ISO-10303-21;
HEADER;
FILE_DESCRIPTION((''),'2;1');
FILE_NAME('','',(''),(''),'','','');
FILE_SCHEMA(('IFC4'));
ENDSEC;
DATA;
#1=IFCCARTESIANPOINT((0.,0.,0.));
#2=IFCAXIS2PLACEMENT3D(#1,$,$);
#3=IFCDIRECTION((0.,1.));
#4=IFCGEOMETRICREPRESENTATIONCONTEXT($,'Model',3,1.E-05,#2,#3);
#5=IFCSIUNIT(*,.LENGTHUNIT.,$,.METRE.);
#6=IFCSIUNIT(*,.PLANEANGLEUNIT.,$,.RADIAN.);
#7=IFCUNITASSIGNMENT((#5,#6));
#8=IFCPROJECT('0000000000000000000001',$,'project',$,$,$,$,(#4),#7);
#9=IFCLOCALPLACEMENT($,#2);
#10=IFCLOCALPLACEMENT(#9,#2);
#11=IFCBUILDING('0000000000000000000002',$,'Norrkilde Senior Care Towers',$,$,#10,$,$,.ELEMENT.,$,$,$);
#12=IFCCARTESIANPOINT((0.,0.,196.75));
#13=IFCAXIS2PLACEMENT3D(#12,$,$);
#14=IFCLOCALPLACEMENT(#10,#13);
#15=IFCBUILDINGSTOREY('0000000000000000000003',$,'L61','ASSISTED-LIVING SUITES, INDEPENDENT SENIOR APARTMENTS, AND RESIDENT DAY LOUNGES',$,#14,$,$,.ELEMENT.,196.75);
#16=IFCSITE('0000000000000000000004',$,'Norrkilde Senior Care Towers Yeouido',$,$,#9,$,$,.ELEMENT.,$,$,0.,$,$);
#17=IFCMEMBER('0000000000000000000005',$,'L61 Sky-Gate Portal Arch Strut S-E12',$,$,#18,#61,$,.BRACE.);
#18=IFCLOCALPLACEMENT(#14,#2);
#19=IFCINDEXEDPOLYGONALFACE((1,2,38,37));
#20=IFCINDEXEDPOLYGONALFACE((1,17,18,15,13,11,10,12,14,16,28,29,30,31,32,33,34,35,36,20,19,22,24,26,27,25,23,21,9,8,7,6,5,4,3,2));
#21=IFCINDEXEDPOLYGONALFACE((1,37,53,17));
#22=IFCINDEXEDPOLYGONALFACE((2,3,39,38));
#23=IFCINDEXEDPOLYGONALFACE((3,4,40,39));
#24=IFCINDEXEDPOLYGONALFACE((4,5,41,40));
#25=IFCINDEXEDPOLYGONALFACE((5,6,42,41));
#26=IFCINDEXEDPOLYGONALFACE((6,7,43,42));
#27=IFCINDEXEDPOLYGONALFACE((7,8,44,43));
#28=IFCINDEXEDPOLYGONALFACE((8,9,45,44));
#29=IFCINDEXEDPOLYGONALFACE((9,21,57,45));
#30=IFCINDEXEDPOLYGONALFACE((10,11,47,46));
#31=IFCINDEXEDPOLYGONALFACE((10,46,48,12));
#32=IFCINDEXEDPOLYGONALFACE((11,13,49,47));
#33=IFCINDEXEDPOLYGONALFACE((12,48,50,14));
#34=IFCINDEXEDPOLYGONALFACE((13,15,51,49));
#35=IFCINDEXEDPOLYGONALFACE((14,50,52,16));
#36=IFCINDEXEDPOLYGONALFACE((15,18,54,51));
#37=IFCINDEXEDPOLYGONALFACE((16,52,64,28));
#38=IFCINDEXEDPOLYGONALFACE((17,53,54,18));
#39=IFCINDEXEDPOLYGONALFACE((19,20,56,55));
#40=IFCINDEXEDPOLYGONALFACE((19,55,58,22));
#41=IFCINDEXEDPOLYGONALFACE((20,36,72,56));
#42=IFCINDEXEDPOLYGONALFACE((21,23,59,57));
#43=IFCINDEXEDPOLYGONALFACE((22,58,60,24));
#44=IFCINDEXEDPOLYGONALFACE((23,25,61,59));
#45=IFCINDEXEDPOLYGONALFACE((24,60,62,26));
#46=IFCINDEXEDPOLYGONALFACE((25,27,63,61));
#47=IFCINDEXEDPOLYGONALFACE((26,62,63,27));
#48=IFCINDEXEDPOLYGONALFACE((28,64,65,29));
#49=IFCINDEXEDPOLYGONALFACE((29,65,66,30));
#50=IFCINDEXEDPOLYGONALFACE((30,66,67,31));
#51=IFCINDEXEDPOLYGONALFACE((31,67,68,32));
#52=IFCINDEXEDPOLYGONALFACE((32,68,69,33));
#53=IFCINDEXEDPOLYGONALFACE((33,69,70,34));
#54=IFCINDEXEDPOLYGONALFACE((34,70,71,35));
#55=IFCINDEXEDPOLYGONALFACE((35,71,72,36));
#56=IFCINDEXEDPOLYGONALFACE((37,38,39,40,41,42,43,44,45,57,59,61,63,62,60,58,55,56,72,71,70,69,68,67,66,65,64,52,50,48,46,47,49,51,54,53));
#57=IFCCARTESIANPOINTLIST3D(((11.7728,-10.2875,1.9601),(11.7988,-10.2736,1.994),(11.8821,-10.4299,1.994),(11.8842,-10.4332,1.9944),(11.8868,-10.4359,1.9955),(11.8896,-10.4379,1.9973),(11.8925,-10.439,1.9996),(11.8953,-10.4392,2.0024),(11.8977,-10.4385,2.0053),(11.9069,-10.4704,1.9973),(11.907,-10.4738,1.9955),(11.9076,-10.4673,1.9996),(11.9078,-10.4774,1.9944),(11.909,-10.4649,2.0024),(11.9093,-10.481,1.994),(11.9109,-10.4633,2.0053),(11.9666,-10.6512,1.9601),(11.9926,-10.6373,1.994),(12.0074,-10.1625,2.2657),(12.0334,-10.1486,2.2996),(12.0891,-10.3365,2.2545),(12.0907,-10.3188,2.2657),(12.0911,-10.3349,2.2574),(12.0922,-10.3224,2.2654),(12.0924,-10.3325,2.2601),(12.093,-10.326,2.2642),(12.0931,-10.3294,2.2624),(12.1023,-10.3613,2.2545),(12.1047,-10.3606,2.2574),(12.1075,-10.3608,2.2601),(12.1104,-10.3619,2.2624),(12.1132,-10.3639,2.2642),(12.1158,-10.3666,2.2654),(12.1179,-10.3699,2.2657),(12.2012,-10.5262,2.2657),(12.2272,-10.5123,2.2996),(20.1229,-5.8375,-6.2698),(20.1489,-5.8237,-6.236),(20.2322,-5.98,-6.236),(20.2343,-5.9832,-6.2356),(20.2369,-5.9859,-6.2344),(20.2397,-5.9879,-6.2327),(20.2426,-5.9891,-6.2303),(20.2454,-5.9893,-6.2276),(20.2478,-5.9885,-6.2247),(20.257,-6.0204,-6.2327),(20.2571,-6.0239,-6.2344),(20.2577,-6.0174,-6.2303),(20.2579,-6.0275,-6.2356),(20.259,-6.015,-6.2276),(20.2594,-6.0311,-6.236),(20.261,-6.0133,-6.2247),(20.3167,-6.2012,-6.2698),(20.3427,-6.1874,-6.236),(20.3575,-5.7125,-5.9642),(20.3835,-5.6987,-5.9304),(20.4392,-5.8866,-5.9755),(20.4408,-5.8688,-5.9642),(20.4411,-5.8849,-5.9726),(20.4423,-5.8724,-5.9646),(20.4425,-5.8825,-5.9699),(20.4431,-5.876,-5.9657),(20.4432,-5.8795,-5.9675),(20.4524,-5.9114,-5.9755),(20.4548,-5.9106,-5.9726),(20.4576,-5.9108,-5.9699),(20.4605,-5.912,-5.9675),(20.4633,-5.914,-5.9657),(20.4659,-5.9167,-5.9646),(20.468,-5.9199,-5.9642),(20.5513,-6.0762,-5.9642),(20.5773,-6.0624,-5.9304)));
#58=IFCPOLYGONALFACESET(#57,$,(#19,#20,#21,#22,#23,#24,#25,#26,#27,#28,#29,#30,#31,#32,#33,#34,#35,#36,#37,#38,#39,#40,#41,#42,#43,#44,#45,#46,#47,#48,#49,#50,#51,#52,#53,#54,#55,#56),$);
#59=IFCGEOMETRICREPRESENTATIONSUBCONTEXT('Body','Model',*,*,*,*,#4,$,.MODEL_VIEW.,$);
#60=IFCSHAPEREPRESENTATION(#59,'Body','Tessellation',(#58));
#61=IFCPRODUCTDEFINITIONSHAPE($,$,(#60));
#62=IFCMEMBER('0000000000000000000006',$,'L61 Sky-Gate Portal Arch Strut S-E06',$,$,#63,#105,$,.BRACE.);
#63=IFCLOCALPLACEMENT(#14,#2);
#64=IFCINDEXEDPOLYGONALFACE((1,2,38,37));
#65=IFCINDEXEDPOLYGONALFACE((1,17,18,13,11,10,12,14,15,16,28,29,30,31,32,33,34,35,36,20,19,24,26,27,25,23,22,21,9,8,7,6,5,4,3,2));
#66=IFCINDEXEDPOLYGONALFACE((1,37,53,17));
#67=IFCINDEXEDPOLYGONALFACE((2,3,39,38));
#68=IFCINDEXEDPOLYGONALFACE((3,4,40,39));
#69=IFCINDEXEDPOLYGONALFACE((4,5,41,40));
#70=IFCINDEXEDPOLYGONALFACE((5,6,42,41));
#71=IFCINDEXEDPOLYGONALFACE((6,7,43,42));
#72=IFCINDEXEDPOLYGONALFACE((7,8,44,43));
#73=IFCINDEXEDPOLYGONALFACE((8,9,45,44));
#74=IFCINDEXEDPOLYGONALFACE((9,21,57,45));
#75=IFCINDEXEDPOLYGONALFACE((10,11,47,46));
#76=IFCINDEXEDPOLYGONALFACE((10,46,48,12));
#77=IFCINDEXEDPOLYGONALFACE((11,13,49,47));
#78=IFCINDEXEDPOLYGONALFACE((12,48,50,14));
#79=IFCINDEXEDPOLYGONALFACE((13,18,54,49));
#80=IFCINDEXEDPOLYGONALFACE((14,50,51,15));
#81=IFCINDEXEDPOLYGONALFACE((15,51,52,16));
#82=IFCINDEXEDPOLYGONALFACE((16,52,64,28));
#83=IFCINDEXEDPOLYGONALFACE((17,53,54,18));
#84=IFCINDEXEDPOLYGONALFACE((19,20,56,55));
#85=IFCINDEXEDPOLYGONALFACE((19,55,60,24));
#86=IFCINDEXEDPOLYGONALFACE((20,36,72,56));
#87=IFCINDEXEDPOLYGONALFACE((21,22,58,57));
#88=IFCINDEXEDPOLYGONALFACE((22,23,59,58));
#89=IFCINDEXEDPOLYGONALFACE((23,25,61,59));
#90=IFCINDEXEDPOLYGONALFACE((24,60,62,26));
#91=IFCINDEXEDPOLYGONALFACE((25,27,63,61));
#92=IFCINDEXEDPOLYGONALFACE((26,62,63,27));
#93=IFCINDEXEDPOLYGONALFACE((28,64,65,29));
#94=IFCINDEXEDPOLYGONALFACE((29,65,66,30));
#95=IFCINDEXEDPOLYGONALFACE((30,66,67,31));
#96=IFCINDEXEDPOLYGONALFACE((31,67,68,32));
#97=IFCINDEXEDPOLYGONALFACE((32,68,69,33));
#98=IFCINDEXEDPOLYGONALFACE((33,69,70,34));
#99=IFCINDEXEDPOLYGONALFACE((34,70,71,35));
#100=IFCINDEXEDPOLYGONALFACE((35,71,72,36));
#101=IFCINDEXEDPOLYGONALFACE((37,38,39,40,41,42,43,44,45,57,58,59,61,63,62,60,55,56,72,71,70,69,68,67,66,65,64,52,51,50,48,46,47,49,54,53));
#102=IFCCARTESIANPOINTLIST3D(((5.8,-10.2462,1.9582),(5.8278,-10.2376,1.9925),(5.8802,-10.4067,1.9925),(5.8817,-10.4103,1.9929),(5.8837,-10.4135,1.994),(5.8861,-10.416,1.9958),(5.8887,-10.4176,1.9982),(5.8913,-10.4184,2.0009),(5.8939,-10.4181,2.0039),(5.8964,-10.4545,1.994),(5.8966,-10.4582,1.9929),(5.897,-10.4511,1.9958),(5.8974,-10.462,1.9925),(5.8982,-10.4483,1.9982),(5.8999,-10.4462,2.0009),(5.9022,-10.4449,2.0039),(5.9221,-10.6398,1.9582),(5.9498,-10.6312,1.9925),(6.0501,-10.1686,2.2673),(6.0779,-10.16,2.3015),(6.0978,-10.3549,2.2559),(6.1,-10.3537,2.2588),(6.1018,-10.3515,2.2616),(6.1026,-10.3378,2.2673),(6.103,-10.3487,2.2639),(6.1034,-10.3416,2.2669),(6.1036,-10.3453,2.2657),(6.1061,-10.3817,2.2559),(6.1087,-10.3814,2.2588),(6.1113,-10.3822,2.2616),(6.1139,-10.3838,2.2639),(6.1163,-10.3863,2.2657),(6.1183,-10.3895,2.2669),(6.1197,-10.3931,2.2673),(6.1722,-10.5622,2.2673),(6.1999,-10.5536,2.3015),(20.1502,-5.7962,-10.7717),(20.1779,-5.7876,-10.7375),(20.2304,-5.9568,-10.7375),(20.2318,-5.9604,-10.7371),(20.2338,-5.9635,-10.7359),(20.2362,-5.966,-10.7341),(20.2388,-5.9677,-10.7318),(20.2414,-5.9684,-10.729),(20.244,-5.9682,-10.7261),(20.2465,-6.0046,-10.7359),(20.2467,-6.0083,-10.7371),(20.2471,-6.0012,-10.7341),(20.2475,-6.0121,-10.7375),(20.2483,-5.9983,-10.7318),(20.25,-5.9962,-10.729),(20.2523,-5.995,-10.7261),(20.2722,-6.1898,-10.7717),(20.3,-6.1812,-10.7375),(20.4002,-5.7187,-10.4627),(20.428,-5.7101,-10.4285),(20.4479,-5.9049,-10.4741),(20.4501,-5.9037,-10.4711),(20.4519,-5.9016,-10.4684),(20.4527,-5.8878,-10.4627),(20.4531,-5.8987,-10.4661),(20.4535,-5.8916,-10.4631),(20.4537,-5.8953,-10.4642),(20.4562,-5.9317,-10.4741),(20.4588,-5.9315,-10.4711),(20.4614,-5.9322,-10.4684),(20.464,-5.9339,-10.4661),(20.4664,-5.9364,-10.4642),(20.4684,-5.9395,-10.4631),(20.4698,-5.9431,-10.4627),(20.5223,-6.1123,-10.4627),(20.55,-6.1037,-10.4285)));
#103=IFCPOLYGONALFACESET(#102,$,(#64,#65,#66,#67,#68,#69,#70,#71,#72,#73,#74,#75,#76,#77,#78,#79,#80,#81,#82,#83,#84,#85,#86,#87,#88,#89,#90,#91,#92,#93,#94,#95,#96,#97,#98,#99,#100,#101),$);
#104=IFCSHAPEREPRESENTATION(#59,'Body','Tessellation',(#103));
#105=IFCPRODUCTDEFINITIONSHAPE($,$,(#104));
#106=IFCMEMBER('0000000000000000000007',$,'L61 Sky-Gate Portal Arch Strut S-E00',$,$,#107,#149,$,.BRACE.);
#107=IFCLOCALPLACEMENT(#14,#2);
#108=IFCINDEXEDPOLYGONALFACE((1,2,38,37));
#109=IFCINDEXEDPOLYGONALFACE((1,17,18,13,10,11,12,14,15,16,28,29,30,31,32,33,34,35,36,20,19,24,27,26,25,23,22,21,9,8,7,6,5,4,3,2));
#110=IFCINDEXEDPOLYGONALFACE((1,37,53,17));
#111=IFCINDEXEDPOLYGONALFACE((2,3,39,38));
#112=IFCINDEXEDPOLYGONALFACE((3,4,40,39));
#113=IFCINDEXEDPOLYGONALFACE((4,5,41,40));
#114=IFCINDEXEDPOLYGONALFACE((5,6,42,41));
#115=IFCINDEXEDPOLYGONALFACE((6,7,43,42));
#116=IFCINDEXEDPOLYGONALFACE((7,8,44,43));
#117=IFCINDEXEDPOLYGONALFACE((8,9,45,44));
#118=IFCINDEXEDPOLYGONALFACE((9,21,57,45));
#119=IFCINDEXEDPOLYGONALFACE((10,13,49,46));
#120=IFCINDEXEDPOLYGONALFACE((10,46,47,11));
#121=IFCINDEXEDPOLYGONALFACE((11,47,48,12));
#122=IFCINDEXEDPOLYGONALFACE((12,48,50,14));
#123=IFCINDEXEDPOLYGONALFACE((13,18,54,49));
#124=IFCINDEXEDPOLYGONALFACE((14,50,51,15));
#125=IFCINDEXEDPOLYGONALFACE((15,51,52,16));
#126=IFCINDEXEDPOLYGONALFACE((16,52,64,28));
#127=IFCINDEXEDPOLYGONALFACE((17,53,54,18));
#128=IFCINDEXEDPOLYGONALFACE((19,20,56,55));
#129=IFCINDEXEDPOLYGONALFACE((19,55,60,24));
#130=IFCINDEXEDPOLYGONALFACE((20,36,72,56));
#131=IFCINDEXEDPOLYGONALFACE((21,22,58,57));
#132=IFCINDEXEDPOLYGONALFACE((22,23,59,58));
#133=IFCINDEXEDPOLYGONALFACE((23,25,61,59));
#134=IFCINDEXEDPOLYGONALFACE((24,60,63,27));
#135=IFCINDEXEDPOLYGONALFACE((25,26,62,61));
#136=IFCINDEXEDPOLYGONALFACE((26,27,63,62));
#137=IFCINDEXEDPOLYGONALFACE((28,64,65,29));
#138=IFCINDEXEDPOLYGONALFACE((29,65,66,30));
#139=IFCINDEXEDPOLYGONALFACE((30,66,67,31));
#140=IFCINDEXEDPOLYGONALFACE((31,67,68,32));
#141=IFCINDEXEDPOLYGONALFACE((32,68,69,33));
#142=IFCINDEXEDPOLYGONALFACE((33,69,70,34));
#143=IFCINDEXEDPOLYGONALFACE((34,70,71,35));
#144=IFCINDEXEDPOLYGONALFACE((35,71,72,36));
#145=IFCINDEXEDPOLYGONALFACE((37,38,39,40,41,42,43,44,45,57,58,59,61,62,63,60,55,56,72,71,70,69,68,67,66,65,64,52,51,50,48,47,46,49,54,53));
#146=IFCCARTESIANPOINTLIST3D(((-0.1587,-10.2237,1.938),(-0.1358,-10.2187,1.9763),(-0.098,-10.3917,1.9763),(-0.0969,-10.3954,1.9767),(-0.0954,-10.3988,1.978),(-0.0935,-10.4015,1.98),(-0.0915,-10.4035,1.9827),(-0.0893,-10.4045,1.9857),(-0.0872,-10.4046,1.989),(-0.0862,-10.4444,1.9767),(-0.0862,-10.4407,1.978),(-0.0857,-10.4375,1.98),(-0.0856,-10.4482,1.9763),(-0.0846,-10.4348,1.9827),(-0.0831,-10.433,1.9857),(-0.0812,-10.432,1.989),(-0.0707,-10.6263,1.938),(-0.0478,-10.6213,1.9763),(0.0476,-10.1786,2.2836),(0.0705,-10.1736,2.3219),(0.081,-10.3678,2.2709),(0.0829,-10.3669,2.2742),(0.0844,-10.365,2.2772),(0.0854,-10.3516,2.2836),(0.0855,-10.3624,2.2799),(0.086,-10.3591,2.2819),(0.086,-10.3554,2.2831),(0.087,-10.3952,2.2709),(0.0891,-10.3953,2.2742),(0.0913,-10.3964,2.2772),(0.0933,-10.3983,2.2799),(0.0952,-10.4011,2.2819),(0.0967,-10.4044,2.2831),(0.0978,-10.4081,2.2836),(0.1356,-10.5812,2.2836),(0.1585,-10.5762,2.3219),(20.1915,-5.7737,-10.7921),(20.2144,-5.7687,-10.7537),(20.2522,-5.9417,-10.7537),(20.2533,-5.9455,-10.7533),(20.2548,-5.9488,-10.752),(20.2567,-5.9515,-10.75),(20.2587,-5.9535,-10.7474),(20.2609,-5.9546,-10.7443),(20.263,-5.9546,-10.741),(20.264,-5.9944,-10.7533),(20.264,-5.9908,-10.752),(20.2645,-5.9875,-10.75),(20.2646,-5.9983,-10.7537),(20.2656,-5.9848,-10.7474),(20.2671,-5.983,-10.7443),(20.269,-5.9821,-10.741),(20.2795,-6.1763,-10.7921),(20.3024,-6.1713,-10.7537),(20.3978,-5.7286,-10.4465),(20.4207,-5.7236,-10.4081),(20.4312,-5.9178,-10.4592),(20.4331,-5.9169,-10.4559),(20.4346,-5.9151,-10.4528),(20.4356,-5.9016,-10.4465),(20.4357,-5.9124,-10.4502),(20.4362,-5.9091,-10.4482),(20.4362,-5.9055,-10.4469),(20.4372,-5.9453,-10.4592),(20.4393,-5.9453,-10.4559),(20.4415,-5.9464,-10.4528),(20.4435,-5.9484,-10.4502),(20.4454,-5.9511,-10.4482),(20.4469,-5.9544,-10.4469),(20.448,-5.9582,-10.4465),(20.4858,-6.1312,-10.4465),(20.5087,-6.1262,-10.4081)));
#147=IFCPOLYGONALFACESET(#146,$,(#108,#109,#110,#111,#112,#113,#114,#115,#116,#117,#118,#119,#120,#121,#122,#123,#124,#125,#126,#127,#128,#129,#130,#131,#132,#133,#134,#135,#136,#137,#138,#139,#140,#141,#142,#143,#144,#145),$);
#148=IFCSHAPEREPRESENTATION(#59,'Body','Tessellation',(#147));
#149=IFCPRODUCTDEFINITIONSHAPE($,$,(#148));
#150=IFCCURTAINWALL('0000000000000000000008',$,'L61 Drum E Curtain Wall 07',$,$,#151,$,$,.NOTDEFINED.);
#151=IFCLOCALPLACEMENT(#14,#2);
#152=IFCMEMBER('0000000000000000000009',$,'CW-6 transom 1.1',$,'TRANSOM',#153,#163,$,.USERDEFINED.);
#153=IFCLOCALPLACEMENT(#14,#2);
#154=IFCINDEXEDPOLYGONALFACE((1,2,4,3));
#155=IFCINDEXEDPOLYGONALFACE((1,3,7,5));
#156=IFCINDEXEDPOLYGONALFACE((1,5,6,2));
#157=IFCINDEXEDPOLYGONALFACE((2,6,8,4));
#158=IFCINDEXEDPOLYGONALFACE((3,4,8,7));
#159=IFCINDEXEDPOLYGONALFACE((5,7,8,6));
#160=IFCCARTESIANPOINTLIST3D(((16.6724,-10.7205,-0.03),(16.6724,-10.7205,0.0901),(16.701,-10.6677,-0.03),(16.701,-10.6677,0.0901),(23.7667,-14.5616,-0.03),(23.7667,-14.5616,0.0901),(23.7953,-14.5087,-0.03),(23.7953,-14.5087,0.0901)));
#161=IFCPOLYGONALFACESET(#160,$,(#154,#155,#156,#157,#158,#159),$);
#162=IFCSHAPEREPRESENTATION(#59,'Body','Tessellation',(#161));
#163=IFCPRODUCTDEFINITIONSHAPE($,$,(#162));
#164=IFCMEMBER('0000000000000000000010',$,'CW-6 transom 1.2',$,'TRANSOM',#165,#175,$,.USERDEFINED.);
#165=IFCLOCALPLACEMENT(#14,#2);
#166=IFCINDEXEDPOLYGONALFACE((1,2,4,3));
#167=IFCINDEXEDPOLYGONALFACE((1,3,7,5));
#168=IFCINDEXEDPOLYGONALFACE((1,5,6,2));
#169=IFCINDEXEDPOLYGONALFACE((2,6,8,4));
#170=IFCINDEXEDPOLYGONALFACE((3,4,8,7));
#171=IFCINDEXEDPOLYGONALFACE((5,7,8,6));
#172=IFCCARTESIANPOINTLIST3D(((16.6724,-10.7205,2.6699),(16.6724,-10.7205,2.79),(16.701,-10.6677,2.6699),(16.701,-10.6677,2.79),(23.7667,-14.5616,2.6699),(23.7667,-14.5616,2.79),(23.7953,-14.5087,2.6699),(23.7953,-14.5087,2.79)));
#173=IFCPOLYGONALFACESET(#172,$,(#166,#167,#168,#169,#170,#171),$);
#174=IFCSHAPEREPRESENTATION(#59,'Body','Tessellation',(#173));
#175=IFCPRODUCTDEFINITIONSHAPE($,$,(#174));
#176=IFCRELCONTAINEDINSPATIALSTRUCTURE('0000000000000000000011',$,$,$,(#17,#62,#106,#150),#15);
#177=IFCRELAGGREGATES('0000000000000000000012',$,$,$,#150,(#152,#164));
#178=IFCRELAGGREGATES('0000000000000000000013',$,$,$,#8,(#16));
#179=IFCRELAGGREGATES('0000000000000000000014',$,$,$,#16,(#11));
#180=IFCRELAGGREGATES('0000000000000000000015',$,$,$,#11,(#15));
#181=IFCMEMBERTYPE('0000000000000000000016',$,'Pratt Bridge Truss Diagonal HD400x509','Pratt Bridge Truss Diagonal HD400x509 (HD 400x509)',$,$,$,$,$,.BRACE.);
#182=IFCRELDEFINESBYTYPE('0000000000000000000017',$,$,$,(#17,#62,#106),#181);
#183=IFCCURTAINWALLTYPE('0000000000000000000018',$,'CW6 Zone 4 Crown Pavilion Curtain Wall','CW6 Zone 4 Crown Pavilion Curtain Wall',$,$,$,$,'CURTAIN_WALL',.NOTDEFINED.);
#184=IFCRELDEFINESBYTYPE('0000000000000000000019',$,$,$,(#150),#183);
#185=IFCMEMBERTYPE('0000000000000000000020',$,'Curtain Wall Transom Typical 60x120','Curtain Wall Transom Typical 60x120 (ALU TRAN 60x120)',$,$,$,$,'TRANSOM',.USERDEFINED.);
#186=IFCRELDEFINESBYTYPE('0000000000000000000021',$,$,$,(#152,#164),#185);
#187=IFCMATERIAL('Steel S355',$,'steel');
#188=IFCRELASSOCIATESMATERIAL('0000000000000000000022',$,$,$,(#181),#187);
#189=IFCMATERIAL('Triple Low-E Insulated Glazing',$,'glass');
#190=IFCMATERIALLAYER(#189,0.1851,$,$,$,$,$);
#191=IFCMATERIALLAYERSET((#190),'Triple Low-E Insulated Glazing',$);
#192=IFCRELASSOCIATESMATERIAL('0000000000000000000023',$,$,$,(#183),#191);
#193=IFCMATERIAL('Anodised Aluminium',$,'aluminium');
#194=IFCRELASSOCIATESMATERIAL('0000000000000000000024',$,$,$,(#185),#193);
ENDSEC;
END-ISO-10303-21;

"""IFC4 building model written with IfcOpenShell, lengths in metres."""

from ifc_helpers import new_model, si_unit, direction, frame, origin, origin_2d, place, context, subcontext, project, spatial, rectangle, i_section, extrude, source, transform, mapped, material, layer, layer_set, material_profile, profile_set, type_object, type_shapes, element, aggregate, save


model = new_model("IFC4")

# Units and contexts
model_context = context("Model", 3, precision=1e-05, world=origin(), true_north=direction((0.0, 1.0)))
body_context = subcontext(model_context, "Body", "Model", "MODEL_VIEW")
ifc_project = project(units=[si_unit("LENGTHUNIT", "METRE"), si_unit("PLANEANGLEUNIT", "RADIAN")], contexts=[model_context])

# Site, building, storey
site_placement = place(None, origin())
site = spatial("IfcSite", under=ifc_project, at=site_placement, Name="Norrkilde Senior Care Towers Yeouido", CompositionType="ELEMENT", RefElevation=0.0)
building_placement = place(site_placement, origin())
building = spatial("IfcBuilding", under=site, at=building_placement, Name="Norrkilde Senior Care Towers", CompositionType="ELEMENT")
storey_placement = place(building_placement, frame((0.0, 0.0, 196.75)))
storey = spatial("IfcBuildingStorey", under=building, at=storey_placement, Name="L61", Description="ASSISTED-LIVING SUITES, INDEPENDENT SENIOR APARTMENTS, AND RESIDENT DAY LOUNGES", CompositionType="ELEMENT", Elevation=196.75)

# Shared definitions
ifc_material_1 = material(Name="Steel S355", Category="steel")

# Members
ifc_material_profile_1 = material_profile(ifc_material_1, i_section(OverallWidth=0.4121, OverallDepth=0.45, WebThickness=0.0281, FlangeThickness=0.0449, FilletRadius=0.0149, at=origin_2d()), Name="HD 400x509")
ifc_profile_set_1 = profile_set([ifc_material_profile_1], Name="Steel S355")
member_type_1 = type_object("IfcMemberType", Name="Pratt Bridge Truss Diagonal HD400x509", Description="Pratt Bridge Truss Diagonal HD400x509 (HD 400x509)", PredefinedType="BRACE", material=ifc_profile_set_1)
shared_shape_1 = source(origin(), body_context, "Body", "SweptSolid", [
    extrude(i_section(OverallWidth=0.4121, OverallDepth=0.45, WebThickness=0.0281, FlangeThickness=0.0449, FilletRadius=0.0149, at=origin_2d()), origin(), (0.0, 0.0, 1.0), 12.5403),
])
member_1_placement = place(storey_placement, frame((20.3501, -5.95, -6.1001), z_axis=(-0.665862, -0.354852, 0.656283), x_axis=(0.470306, -0.882504, 0.0)))
element("IfcMember", 1, at=member_1_placement, inside=storey, type_object=member_type_1, Name="L61 Sky-Gate Portal Arch Strut S-E12", PredefinedType="BRACE", context=body_context, shape_type="MappedRepresentation", body=[
    mapped(shared_shape_1, transform((0.0, 0.0, 0.0), x_axis=(1.0, 0.0, 0.0), y_axis=(0.0, 1.0, 0.0), z_axis=(0.0, 0.0, 1.0), scale=1.0)),
])
shared_shape_2 = source(origin(), body_context, "Body", "SweptSolid", [
    extrude(i_section(OverallWidth=0.4121, OverallDepth=0.45, WebThickness=0.0281, FlangeThickness=0.0449, FilletRadius=0.0149, at=origin_2d()), origin(), (0.0, 0.0, 1.0), 19.6921),
])
member_2_placement = place(storey_placement, frame((20.3501, -5.95, -10.6001), z_axis=(-0.728723, -0.225976, 0.64645), x_axis=(0.296185, -0.955131, 0.0)))
element("IfcMember", 2, at=member_2_placement, inside=storey, type_object=member_type_1, Name="L61 Sky-Gate Portal Arch Strut S-E06", PredefinedType="BRACE", context=body_context, shape_type="MappedRepresentation", body=[
    mapped(shared_shape_2, transform((0.0, 0.0, 0.0), x_axis=(1.0, 0.0, 0.0), y_axis=(0.0, 1.0, 0.0), z_axis=(0.0, 0.0, 1.0), scale=1.0)),
])
shared_shape_3 = source(origin(), body_context, "Body", "SweptSolid", [
    extrude(i_section(OverallWidth=0.4121, OverallDepth=0.45, WebThickness=0.0281, FlangeThickness=0.0449, FilletRadius=0.0149, at=origin_2d()), origin(), (0.0, 0.0, 1.0), 24.4128),
])
type_shapes(member_type_1, [shared_shape_1, shared_shape_2, shared_shape_3])
member_3_placement = place(storey_placement, frame((20.3501, -5.95, -10.6001), z_axis=(-0.833586, -0.18228, 0.521449), x_axis=(0.213622, -0.976916, 0.0)))
element("IfcMember", 3, at=member_3_placement, inside=storey, type_object=member_type_1, Name="L61 Sky-Gate Portal Arch Strut S-E00", PredefinedType="BRACE", context=body_context, shape_type="MappedRepresentation", body=[
    mapped(shared_shape_3, transform((0.0, 0.0, 0.0), x_axis=(1.0, 0.0, 0.0), y_axis=(0.0, 1.0, 0.0), z_axis=(0.0, 0.0, 1.0), scale=1.0)),
])

# Curtain wall, members
ifc_material_2 = material(Name="Triple Low-E Insulated Glazing", Category="glass")
ifc_layer_1 = layer(ifc_material_2, 0.1851)
ifc_layer_set_1 = layer_set([ifc_layer_1], Name="Triple Low-E Insulated Glazing")
curtain_wall_type = type_object("IfcCurtainWallType", Name="CW6 Zone 4 Crown Pavilion Curtain Wall", Description="CW6 Zone 4 Crown Pavilion Curtain Wall", ElementType="CURTAIN_WALL", PredefinedType="NOTDEFINED", material=ifc_layer_set_1)
curtain_wall_1_placement = place(storey_placement, origin())
curtain_wall_1 = element("IfcCurtainWall", 4, at=curtain_wall_1_placement, inside=storey, type_object=curtain_wall_type, Name="L61 Drum E Curtain Wall 07", PredefinedType="NOTDEFINED")
ifc_material_3 = material(Name="Anodised Aluminium", Category="aluminium")
ifc_material_profile_2 = material_profile(ifc_material_3, rectangle(XDim=0.0601, YDim=0.1201, at=origin_2d()), Name="ALU TRAN 60x120")
ifc_profile_set_2 = profile_set([ifc_material_profile_2], Name="Anodised Aluminium")
member_type_2 = type_object("IfcMemberType", Name="Curtain Wall Transom Typical 60x120", Description="Curtain Wall Transom Typical 60x120 (ALU TRAN 60x120)", ElementType="TRANSOM", PredefinedType="USERDEFINED", material=ifc_profile_set_2)
shared_shape_4 = source(origin(), body_context, "Body", "SweptSolid", [
    extrude(rectangle(XDim=0.0601, YDim=0.1201, at=origin_2d()), origin(), (0.0, 0.0, 1.0), 8.0674),
])
type_shapes(member_type_2, [shared_shape_4])
member_4_placement = place(storey_placement, frame((23.781, -14.5352, 0.03), z_axis=(-0.879378, 0.476125, 0.0), x_axis=(-0.476125, -0.879378, 0.0)))
member_4 = element("IfcMember", 5, at=member_4_placement, type_object=member_type_2, Name="CW-6 transom 1.1", ObjectType="TRANSOM", PredefinedType="USERDEFINED", context=body_context, shape_type="MappedRepresentation", body=[
    mapped(shared_shape_4, transform((0.0, 0.0, 0.0), x_axis=(1.0, 0.0, 0.0), y_axis=(0.0, 1.0, 0.0), z_axis=(0.0, 0.0, 1.0), scale=1.0)),
])
member_5_placement = place(storey_placement, frame((23.781, -14.5352, 2.73), z_axis=(-0.879378, 0.476125, 0.0), x_axis=(-0.476125, -0.879378, 0.0)))
member_5 = element("IfcMember", 6, at=member_5_placement, type_object=member_type_2, Name="CW-6 transom 1.2", ObjectType="TRANSOM", PredefinedType="USERDEFINED", context=body_context, shape_type="MappedRepresentation", body=[
    mapped(shared_shape_4, transform((0.0, 0.0, 0.0), x_axis=(1.0, 0.0, 0.0), y_axis=(0.0, 1.0, 0.0), z_axis=(0.0, 0.0, 1.0), scale=1.0)),
])

aggregate(curtain_wall_1, [member_4, member_5])

save(model, "model.ifc")
